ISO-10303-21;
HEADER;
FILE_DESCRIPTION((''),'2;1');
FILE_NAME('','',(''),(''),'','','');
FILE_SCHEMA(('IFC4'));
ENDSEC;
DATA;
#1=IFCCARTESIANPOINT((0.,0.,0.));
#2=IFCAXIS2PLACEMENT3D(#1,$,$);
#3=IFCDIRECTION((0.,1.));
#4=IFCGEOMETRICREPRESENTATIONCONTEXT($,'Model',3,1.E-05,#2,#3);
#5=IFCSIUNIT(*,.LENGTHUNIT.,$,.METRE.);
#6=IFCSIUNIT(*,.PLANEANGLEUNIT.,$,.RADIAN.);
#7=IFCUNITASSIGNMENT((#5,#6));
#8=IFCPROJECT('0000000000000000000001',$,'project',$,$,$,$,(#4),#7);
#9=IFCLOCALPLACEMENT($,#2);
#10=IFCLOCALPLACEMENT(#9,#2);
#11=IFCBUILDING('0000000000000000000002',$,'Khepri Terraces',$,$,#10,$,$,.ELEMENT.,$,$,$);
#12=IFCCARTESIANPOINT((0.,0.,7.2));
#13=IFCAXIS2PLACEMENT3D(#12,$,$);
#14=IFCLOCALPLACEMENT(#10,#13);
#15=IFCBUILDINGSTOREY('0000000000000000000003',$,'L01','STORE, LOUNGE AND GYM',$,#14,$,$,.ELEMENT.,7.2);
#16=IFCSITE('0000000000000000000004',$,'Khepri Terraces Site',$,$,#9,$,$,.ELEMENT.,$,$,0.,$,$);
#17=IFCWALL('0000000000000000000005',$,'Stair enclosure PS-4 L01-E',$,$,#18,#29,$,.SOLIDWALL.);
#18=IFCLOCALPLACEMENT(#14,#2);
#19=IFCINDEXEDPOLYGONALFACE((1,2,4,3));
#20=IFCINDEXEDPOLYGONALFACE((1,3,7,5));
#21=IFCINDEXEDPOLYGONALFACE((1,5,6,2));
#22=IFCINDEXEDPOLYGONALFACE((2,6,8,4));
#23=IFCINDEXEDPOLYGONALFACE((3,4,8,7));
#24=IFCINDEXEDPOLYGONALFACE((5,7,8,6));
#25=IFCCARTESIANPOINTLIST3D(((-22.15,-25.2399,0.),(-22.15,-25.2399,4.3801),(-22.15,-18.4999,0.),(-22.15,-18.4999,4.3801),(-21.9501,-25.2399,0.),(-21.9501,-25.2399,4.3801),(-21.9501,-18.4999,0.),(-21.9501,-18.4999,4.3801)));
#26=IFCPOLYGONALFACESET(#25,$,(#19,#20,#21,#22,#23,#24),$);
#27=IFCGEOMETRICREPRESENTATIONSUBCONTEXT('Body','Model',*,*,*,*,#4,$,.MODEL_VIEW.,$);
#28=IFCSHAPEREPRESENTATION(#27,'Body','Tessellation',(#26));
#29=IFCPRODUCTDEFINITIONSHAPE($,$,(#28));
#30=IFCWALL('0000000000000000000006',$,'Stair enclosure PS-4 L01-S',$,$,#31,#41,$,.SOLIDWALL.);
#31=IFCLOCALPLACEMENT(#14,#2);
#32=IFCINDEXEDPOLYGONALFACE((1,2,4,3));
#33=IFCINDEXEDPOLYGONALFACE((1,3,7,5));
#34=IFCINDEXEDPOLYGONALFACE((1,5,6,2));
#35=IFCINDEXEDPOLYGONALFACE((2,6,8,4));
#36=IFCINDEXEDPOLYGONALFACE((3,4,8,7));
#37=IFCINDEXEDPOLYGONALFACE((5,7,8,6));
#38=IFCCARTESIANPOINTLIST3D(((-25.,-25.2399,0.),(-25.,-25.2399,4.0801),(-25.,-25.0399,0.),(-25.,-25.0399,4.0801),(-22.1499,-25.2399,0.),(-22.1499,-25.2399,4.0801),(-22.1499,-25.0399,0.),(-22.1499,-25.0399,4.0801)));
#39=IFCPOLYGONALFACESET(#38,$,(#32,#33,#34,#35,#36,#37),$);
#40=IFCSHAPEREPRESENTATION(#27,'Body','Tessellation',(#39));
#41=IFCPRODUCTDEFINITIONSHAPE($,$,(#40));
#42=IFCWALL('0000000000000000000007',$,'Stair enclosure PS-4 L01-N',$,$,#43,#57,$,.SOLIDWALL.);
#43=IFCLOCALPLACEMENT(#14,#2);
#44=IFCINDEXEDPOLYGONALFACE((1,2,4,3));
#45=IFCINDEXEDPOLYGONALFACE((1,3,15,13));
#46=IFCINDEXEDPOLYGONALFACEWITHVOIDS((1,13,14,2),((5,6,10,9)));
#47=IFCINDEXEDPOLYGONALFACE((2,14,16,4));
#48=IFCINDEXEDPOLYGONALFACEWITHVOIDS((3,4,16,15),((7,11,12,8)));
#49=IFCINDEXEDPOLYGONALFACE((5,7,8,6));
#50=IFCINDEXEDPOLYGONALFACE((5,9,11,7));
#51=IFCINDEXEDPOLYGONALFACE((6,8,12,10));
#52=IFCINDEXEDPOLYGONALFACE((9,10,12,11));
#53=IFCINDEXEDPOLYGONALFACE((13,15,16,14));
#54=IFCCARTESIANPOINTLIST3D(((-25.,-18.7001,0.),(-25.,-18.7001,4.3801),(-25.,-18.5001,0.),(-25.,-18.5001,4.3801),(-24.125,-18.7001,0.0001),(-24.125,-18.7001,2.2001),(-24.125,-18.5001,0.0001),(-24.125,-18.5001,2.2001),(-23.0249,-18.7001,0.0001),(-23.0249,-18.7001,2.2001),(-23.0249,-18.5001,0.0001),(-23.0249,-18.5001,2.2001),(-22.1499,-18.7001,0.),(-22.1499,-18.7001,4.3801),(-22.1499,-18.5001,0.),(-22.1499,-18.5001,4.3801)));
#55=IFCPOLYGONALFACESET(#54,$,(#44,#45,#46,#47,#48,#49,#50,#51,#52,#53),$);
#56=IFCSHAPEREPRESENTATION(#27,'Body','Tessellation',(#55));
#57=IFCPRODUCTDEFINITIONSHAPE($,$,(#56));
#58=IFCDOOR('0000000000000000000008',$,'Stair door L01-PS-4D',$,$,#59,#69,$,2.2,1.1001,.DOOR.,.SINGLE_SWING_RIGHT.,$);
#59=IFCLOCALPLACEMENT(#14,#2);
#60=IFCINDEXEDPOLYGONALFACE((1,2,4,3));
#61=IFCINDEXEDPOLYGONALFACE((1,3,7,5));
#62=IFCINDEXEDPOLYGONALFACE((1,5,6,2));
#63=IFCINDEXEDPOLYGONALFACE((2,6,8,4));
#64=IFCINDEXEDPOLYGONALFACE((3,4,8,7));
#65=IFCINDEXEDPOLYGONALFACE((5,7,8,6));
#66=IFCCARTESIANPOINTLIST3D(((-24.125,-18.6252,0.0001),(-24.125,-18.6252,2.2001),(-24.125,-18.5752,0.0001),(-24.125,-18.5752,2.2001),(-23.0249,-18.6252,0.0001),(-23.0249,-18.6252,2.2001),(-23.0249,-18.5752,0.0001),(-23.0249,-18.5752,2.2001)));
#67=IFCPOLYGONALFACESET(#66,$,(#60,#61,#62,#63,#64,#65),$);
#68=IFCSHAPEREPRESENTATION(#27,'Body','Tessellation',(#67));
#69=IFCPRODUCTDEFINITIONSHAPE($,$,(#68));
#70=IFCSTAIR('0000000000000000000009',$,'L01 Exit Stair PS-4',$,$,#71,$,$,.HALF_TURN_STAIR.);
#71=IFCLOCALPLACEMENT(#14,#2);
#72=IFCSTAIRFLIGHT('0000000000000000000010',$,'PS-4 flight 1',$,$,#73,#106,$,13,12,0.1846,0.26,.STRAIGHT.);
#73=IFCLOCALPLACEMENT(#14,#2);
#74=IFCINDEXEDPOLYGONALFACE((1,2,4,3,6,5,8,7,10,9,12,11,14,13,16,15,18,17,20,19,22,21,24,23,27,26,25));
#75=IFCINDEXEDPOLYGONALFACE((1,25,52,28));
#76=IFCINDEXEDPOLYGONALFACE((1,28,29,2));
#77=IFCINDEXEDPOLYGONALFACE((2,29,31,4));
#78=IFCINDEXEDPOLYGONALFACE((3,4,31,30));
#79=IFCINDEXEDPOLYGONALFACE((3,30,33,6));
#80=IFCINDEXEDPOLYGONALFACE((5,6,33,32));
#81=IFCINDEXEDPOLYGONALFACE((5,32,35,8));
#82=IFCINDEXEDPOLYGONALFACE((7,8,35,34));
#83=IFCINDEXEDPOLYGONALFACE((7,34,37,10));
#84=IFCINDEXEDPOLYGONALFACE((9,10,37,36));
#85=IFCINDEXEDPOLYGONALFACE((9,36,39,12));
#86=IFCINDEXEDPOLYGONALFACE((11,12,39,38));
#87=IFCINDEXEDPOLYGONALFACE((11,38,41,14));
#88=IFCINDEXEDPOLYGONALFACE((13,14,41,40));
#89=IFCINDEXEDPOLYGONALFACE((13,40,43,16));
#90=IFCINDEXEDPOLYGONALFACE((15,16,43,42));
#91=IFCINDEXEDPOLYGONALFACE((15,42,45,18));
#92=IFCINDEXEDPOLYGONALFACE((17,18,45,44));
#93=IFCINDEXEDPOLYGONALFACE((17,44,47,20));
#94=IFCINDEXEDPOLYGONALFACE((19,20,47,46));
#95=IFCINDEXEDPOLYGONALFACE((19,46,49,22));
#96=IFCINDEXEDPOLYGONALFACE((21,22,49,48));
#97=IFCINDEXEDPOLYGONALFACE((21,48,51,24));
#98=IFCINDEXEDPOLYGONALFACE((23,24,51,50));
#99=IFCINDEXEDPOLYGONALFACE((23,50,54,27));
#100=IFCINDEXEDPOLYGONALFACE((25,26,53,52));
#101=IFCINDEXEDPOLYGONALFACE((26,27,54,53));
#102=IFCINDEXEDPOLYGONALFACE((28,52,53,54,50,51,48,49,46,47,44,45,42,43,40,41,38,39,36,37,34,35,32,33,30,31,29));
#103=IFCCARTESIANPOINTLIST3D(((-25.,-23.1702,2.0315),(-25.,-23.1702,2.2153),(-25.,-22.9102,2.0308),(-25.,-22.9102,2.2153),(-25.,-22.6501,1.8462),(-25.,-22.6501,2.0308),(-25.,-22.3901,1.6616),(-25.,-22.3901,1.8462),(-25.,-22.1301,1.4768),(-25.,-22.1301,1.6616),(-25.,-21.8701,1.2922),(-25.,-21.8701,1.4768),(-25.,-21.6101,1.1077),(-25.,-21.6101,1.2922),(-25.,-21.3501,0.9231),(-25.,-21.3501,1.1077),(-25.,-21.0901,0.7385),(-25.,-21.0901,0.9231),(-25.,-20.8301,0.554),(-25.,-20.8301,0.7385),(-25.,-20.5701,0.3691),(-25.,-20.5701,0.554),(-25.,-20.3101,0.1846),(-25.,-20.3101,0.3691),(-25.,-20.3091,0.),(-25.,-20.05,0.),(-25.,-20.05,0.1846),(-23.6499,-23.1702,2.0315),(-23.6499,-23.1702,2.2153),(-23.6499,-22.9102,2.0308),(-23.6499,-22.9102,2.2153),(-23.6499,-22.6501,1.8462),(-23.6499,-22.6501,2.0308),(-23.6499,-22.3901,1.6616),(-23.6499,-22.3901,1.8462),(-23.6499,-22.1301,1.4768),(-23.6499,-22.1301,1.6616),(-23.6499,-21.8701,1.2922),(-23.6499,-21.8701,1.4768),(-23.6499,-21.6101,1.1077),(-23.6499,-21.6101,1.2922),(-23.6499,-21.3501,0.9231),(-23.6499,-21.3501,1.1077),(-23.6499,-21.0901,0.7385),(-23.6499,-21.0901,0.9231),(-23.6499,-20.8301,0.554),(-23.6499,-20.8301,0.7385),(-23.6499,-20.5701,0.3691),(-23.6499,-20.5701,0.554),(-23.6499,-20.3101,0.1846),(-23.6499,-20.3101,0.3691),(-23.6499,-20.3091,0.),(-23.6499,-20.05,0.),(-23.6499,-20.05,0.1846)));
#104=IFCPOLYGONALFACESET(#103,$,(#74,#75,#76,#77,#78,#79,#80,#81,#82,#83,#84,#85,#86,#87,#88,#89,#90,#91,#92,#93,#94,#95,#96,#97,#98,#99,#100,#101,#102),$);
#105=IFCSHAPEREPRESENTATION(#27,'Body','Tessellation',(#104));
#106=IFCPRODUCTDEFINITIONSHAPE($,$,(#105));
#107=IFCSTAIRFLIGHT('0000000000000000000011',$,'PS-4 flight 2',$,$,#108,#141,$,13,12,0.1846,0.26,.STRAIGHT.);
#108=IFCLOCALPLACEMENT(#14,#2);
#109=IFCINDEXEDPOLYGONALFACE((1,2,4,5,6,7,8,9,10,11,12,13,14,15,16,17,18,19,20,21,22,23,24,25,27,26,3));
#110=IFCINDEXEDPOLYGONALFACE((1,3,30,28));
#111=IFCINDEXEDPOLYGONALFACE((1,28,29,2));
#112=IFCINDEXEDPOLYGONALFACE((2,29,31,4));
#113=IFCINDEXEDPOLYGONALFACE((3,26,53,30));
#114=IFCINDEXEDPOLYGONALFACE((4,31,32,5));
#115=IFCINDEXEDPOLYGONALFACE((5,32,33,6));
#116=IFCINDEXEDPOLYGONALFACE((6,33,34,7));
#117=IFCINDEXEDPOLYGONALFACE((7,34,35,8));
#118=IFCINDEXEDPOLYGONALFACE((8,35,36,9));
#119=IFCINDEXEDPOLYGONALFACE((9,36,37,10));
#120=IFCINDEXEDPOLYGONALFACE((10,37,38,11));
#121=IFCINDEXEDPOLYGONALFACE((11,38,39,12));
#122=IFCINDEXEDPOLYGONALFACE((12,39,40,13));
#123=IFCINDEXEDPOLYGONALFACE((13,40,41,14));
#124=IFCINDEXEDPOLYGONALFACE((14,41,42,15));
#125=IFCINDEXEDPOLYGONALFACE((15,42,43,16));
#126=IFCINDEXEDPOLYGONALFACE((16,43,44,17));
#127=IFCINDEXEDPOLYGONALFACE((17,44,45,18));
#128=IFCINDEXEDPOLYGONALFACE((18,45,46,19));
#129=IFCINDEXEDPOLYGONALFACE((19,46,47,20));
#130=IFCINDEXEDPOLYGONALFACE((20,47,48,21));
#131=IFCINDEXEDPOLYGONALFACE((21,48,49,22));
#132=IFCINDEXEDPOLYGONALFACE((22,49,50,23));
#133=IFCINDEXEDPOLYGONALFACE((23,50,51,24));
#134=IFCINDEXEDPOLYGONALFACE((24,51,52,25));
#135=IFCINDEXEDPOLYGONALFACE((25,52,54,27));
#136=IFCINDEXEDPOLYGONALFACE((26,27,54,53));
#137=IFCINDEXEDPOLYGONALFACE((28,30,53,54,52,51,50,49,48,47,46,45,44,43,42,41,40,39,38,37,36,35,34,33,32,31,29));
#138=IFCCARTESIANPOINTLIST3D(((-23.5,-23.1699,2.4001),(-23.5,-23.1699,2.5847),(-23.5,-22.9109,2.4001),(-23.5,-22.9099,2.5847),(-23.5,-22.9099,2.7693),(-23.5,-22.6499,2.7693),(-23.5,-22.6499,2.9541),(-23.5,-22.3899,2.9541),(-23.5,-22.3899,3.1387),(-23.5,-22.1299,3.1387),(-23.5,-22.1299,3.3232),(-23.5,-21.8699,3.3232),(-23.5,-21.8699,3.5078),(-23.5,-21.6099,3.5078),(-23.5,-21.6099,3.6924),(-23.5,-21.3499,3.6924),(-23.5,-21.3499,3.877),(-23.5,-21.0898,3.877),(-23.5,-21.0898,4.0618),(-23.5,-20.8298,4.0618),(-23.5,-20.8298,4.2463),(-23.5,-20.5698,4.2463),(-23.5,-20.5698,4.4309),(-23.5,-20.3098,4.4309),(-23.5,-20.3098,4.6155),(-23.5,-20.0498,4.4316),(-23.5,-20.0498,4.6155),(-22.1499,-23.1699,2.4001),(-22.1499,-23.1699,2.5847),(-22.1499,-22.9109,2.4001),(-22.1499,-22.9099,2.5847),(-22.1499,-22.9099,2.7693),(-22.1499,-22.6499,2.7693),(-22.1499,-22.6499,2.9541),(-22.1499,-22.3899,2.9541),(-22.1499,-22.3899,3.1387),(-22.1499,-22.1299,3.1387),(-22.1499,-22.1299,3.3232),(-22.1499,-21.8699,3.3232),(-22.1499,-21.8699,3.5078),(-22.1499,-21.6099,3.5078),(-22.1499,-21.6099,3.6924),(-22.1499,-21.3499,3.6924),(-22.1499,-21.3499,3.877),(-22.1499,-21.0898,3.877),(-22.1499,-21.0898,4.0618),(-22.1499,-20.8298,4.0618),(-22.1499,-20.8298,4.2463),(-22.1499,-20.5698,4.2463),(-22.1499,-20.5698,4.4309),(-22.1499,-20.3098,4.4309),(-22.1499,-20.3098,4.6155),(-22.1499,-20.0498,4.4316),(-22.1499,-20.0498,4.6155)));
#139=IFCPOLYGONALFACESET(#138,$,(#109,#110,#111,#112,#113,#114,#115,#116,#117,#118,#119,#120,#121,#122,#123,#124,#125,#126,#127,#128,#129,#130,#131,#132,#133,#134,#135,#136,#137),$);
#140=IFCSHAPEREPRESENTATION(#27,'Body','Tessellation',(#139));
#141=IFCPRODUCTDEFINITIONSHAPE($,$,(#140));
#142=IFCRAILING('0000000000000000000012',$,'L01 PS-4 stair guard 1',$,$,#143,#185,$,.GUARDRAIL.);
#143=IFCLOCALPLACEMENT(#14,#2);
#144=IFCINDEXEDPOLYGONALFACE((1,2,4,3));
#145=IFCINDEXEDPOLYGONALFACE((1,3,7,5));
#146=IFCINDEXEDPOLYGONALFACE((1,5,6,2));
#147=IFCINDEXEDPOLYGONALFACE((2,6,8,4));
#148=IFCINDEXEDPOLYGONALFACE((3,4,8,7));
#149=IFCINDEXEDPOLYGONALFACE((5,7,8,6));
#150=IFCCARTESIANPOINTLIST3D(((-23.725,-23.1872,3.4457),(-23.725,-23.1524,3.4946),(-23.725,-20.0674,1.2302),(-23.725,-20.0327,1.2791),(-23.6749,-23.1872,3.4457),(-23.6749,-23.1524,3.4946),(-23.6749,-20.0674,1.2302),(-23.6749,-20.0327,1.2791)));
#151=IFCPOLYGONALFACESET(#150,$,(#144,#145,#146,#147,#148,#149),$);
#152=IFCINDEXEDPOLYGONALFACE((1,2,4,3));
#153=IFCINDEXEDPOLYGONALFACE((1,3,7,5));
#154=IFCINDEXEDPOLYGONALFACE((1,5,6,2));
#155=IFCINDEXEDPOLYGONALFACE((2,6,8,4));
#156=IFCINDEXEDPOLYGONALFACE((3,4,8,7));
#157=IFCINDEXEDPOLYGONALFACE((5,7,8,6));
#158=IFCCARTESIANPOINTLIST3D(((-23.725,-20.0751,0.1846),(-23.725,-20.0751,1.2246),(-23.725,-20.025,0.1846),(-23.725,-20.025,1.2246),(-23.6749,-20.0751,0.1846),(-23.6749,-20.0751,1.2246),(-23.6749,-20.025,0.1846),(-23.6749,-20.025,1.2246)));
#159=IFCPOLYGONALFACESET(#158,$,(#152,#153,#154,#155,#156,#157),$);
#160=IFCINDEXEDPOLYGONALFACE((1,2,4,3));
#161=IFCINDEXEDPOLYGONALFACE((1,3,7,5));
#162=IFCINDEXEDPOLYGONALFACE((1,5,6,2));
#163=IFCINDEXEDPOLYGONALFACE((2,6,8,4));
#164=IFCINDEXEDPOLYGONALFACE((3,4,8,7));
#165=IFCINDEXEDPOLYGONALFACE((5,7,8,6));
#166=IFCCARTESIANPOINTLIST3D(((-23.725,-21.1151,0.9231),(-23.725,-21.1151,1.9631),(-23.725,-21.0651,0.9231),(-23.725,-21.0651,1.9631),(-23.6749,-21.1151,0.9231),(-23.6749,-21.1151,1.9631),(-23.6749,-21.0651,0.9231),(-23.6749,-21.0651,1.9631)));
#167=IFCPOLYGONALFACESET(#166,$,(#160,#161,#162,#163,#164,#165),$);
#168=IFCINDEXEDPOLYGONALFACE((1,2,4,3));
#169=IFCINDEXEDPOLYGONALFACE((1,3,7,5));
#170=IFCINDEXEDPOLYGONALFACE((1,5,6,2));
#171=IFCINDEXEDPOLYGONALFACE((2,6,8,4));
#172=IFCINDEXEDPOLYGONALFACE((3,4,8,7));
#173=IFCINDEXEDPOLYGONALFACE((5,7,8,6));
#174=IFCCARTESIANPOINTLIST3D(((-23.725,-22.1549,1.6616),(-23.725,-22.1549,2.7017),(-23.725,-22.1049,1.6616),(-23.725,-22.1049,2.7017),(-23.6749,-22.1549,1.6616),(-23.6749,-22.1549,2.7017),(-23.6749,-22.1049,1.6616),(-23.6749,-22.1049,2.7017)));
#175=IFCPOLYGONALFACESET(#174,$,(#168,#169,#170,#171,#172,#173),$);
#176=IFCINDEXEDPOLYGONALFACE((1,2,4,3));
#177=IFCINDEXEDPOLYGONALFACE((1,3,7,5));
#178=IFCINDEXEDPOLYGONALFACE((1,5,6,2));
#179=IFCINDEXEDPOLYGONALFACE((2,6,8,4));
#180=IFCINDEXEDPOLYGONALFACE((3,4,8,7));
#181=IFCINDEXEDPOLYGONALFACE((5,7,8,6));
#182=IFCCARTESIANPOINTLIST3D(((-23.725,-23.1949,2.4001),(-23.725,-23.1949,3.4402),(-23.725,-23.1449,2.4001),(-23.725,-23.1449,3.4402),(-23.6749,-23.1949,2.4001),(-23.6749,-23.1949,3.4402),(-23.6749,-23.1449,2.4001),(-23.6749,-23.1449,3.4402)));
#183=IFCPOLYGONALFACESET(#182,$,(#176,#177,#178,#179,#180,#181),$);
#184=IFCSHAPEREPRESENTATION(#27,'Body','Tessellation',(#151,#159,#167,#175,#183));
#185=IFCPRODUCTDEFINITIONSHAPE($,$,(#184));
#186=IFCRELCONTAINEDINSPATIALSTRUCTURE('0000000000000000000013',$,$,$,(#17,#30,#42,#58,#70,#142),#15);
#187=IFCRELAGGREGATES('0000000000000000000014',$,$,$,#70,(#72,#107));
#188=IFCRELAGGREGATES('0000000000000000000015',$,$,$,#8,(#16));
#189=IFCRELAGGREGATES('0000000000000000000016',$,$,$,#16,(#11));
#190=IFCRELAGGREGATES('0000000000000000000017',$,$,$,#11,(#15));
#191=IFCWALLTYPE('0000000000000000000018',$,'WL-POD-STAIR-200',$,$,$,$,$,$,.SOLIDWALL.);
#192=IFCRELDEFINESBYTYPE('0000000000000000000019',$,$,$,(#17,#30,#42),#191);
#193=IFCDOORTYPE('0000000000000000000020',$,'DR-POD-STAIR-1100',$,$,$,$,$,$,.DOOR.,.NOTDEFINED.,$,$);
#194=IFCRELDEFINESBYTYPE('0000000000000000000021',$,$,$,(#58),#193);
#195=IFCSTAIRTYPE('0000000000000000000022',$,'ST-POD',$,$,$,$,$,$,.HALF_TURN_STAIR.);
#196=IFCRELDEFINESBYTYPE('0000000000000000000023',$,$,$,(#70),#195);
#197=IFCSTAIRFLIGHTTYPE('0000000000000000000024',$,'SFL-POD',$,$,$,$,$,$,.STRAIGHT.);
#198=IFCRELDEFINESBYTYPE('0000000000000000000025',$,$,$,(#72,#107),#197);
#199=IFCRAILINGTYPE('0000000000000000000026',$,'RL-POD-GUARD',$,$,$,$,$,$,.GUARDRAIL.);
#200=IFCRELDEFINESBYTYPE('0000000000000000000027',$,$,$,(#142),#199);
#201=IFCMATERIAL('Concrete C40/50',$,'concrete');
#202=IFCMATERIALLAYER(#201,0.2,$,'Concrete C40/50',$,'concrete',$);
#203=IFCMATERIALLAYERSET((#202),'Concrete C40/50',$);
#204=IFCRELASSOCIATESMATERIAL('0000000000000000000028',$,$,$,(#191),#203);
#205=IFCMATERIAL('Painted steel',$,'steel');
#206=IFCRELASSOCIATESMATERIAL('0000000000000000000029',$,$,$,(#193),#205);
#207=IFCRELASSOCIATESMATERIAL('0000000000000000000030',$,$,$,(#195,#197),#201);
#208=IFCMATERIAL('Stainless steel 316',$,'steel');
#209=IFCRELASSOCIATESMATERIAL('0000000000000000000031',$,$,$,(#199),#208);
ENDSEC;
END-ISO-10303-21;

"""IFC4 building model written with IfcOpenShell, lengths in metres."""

from ifc_helpers import new_model, si_unit, direction, frame, frame_2d, origin, origin_2d, place, context, subcontext, project, spatial, polyline, rectangle, outline, extrude, material, layer, layer_set, type_object, element, fill, aggregate, save


model = new_model("IFC4")

# Units and contexts
model_context = context("Model", 3, precision=1e-05, world=origin(), true_north=direction((0.0, 1.0)))
body_context = subcontext(model_context, "Body", "Model", "MODEL_VIEW")
ifc_project = project(units=[si_unit("LENGTHUNIT", "METRE"), si_unit("PLANEANGLEUNIT", "RADIAN")], contexts=[model_context])

# Site, building, storey
site_placement = place(None, origin())
site = spatial("IfcSite", under=ifc_project, at=site_placement, Name="Khepri Terraces Site", CompositionType="ELEMENT", RefElevation=0.0)
building_placement = place(site_placement, origin())
building = spatial("IfcBuilding", under=site, at=building_placement, Name="Khepri Terraces", CompositionType="ELEMENT")
storey_placement = place(building_placement, frame((0.0, 0.0, 7.2)))
storey = spatial("IfcBuildingStorey", under=building, at=storey_placement, Name="L01", Description="STORE, LOUNGE AND GYM", CompositionType="ELEMENT", Elevation=7.2)

# Walls
ifc_material_1 = material(Name="Concrete C40/50", Category="concrete")
ifc_layer_1 = layer(ifc_material_1, 0.2, Name="Concrete C40/50", Category="concrete")
ifc_layer_set_1 = layer_set([ifc_layer_1], Name="Concrete C40/50")
wall_type_1 = type_object("IfcWallType", Name="WL-POD-STAIR-200", PredefinedType="SOLIDWALL", material=ifc_layer_set_1)
wall_1_placement = place(storey_placement, frame((-22.05, -25.24, 0.0), z_axis=(0.0, 0.0, 1.0), x_axis=(0.0, 1.0, 0.0)))
element("IfcWall", 1, at=wall_1_placement, inside=storey, type_object=wall_type_1, Name="Stair enclosure PS-4 L01-E", PredefinedType="SOLIDWALL", context=body_context, shape_type="SweptSolid", body=[
    extrude(rectangle(XDim=6.74, YDim=0.2, at=frame_2d((3.3701, 0.0))), origin(), (0.0, 0.0, 1.0), 4.3801),
])
wall_2_placement = place(storey_placement, frame((-25.0, -25.1399, 0.0), z_axis=(0.0, 0.0, 1.0), x_axis=(1.0, 0.0, 0.0)))
element("IfcWall", 2, at=wall_2_placement, inside=storey, type_object=wall_type_1, Name="Stair enclosure PS-4 L01-S", PredefinedType="SOLIDWALL", context=body_context, shape_type="SweptSolid", body=[
    extrude(rectangle(XDim=2.8501, YDim=0.2, at=frame_2d((1.425, 0.0))), origin(), (0.0, 0.0, 1.0), 4.0801),
])

# Wall, opening, door
wall_3_placement = place(storey_placement, frame((-25.0, -18.6001, 0.0), z_axis=(0.0, 0.0, 1.0), x_axis=(1.0, 0.0, 0.0)))
wall_3 = element("IfcWall", 3, at=wall_3_placement, inside=storey, type_object=wall_type_1, Name="Stair enclosure PS-4 L01-N", PredefinedType="SOLIDWALL", context=body_context, shape_type="SweptSolid", body=[
    extrude(rectangle(XDim=2.8501, YDim=0.2, at=frame_2d((1.425, 0.0))), origin(), (0.0, 0.0, 1.0), 4.3801),
])
opening_placement = place(wall_3_placement, frame((0.875, 0.0, 0.0)))
opening = element("IfcOpeningElement", 4, at=opening_placement, cuts=wall_3, PredefinedType="OPENING", context=body_context, shape_type="SweptSolid", body=[
    extrude(rectangle(XDim=1.1001, YDim=2.2, at=frame_2d((0.55, 1.1001))), frame((0.0, 0.1099, 0.0), z_axis=(0.0, -1.0, 0.0), x_axis=(1.0, 0.0, 0.0)), (0.0, 0.0, 1.0), 0.22),
])
ifc_material_2 = material(Name="Painted steel", Category="steel")
door_type = type_object("IfcDoorType", Name="DR-POD-STAIR-1100", OperationType="NOTDEFINED", PredefinedType="DOOR", material=ifc_material_2)
door_placement = place(opening_placement, origin())
door = element("IfcDoor", 5, at=door_placement, inside=storey, type_object=door_type, Name="Stair door L01-PS-4D", OperationType="SINGLE_SWING_RIGHT", OverallHeight=2.2, OverallWidth=1.1001, PredefinedType="DOOR", context=body_context, shape_type="SweptSolid", body=[
    extrude(rectangle(XDim=1.1001, YDim=2.2, at=frame_2d((0.55, 1.1001))), frame((0.0, 0.0249, 0.0), z_axis=(0.0, -1.0, 0.0), x_axis=(1.0, 0.0, 0.0)), (0.0, 0.0, 1.0), 0.05),
])
fill(opening, door)

# Stair, stair flights
stair_type = type_object("IfcStairType", Name="ST-POD", PredefinedType="HALF_TURN_STAIR", material=ifc_material_1)
stair_placement = place(storey_placement, origin())
stair = element("IfcStair", 6, at=stair_placement, inside=storey, type_object=stair_type, Name="L01 Exit Stair PS-4", PredefinedType="HALF_TURN_STAIR")
stair_flight_type = type_object("IfcStairFlightType", Name="SFL-POD", PredefinedType="STRAIGHT", material=ifc_material_1)
stair_flight_1_placement = place(storey_placement, frame((-24.325, -20.05, 0.0), z_axis=(0.0, 0.0, 1.0), x_axis=(0.0, -1.0, 0.0)))
stair_flight_1 = element("IfcStairFlight", 7, at=stair_flight_1_placement, type_object=stair_flight_type, Name="PS-4 flight 1", NumberOfRisers=13, NumberOfTreads=12, PredefinedType="STRAIGHT", RiserHeight=0.1846, TreadLength=0.26, context=body_context, shape_type="SweptSolid", body=[
    extrude(outline(polyline([(0.0, 0.0), (0.0, 0.1846), (0.26, 0.1846), (0.26, 0.3691), (0.52, 0.3691), (0.52, 0.554), (0.78, 0.554), (0.78, 0.7385), (1.04, 0.7385), (1.04, 0.9231), (1.3, 0.9231), (1.3, 1.1077), (1.5601, 1.1077), (1.5601, 1.2922), (1.8201, 1.2922), (1.8201, 1.4768), (2.0801, 1.4768), (2.0801, 1.6616), (2.3401, 1.6616), (2.3401, 1.8462), (2.6001, 1.8462), (2.6001, 2.0308), (2.8601, 2.0308), (2.8601, 2.2153), (3.1201, 2.2153), (3.1201, 2.3999), (3.1201, 2.0315), (0.259, 0.0), (0.0, 0.0)])), frame((0.0, 0.675, 0.0), z_axis=(0.0, -1.0, 0.0), x_axis=(1.0, 0.0, 0.0)), (0.0, 0.0, 1.0), 1.3501),
])
stair_flight_2_placement = place(storey_placement, frame((-22.825, -23.1699, 2.4001), z_axis=(0.0, 0.0, 1.0), x_axis=(0.0, 1.0, 0.0)))
stair_flight_2 = element("IfcStairFlight", 8, at=stair_flight_2_placement, type_object=stair_flight_type, Name="PS-4 flight 2", NumberOfRisers=13, NumberOfTreads=12, PredefinedType="STRAIGHT", RiserHeight=0.1846, TreadLength=0.26, context=body_context, shape_type="SweptSolid", body=[
    extrude(outline(polyline([(0.0, 0.0), (0.0, 0.1846), (0.26, 0.1846), (0.26, 0.3691), (0.52, 0.3691), (0.52, 0.554), (0.78, 0.554), (0.78, 0.7385), (1.04, 0.7385), (1.04, 0.9231), (1.3, 0.9231), (1.3, 1.1077), (1.5601, 1.1077), (1.5601, 1.2922), (1.8201, 1.2922), (1.8201, 1.4768), (2.0801, 1.4768), (2.0801, 1.6616), (2.3401, 1.6616), (2.3401, 1.8462), (2.6001, 1.8462), (2.6001, 2.0308), (2.8601, 2.0308), (2.8601, 2.2153), (3.1201, 2.2153), (3.1201, 2.3999), (3.1201, 2.0315), (0.259, 0.0), (0.0, 0.0)])), frame((0.0, 0.675, 0.0), z_axis=(0.0, -1.0, 0.0), x_axis=(1.0, 0.0, 0.0)), (0.0, 0.0, 1.0), 1.3501),
])
aggregate(stair, [stair_flight_1, stair_flight_2])

# Railing
ifc_material_3 = material(Name="Stainless steel 316", Category="steel")
railing_type_1 = type_object("IfcRailingType", Name="RL-POD-GUARD", PredefinedType="GUARDRAIL", material=ifc_material_3)
railing_1_placement = place(storey_placement, frame((-23.7, -20.05, 0.1846)))
element("IfcRailing", 9, at=railing_1_placement, inside=storey, type_object=railing_type_1, Name="L01 PS-4 stair guard 1", PredefinedType="GUARDRAIL", context=body_context, shape_type="SweptSolid", body=[
    extrude(rectangle(XDim=0.05, YDim=0.0601, at=origin_2d()), frame((0.0, 0.0, 1.0701), z_axis=(0.0, -0.815325, 0.579003), x_axis=(1.0, 0.0, 0.0)), (0.0, 0.0, 1.0), 3.8264),
    extrude(rectangle(XDim=0.05, YDim=0.05, at=origin_2d()), origin(), (0.0, 0.0, 1.0), 1.04),
    extrude(rectangle(XDim=0.05, YDim=0.05, at=origin_2d()), frame((0.0, -1.04, 0.7385)), (0.0, 0.0, 1.0), 1.04),
    extrude(rectangle(XDim=0.05, YDim=0.05, at=origin_2d()), frame((0.0, -2.0798, 1.4771)), (0.0, 0.0, 1.0), 1.04),
    extrude(rectangle(XDim=0.05, YDim=0.05, at=origin_2d()), frame((0.0, -3.1199, 2.2156)), (0.0, 0.0, 1.0), 1.04),
])

save(model, "model.ifc")
